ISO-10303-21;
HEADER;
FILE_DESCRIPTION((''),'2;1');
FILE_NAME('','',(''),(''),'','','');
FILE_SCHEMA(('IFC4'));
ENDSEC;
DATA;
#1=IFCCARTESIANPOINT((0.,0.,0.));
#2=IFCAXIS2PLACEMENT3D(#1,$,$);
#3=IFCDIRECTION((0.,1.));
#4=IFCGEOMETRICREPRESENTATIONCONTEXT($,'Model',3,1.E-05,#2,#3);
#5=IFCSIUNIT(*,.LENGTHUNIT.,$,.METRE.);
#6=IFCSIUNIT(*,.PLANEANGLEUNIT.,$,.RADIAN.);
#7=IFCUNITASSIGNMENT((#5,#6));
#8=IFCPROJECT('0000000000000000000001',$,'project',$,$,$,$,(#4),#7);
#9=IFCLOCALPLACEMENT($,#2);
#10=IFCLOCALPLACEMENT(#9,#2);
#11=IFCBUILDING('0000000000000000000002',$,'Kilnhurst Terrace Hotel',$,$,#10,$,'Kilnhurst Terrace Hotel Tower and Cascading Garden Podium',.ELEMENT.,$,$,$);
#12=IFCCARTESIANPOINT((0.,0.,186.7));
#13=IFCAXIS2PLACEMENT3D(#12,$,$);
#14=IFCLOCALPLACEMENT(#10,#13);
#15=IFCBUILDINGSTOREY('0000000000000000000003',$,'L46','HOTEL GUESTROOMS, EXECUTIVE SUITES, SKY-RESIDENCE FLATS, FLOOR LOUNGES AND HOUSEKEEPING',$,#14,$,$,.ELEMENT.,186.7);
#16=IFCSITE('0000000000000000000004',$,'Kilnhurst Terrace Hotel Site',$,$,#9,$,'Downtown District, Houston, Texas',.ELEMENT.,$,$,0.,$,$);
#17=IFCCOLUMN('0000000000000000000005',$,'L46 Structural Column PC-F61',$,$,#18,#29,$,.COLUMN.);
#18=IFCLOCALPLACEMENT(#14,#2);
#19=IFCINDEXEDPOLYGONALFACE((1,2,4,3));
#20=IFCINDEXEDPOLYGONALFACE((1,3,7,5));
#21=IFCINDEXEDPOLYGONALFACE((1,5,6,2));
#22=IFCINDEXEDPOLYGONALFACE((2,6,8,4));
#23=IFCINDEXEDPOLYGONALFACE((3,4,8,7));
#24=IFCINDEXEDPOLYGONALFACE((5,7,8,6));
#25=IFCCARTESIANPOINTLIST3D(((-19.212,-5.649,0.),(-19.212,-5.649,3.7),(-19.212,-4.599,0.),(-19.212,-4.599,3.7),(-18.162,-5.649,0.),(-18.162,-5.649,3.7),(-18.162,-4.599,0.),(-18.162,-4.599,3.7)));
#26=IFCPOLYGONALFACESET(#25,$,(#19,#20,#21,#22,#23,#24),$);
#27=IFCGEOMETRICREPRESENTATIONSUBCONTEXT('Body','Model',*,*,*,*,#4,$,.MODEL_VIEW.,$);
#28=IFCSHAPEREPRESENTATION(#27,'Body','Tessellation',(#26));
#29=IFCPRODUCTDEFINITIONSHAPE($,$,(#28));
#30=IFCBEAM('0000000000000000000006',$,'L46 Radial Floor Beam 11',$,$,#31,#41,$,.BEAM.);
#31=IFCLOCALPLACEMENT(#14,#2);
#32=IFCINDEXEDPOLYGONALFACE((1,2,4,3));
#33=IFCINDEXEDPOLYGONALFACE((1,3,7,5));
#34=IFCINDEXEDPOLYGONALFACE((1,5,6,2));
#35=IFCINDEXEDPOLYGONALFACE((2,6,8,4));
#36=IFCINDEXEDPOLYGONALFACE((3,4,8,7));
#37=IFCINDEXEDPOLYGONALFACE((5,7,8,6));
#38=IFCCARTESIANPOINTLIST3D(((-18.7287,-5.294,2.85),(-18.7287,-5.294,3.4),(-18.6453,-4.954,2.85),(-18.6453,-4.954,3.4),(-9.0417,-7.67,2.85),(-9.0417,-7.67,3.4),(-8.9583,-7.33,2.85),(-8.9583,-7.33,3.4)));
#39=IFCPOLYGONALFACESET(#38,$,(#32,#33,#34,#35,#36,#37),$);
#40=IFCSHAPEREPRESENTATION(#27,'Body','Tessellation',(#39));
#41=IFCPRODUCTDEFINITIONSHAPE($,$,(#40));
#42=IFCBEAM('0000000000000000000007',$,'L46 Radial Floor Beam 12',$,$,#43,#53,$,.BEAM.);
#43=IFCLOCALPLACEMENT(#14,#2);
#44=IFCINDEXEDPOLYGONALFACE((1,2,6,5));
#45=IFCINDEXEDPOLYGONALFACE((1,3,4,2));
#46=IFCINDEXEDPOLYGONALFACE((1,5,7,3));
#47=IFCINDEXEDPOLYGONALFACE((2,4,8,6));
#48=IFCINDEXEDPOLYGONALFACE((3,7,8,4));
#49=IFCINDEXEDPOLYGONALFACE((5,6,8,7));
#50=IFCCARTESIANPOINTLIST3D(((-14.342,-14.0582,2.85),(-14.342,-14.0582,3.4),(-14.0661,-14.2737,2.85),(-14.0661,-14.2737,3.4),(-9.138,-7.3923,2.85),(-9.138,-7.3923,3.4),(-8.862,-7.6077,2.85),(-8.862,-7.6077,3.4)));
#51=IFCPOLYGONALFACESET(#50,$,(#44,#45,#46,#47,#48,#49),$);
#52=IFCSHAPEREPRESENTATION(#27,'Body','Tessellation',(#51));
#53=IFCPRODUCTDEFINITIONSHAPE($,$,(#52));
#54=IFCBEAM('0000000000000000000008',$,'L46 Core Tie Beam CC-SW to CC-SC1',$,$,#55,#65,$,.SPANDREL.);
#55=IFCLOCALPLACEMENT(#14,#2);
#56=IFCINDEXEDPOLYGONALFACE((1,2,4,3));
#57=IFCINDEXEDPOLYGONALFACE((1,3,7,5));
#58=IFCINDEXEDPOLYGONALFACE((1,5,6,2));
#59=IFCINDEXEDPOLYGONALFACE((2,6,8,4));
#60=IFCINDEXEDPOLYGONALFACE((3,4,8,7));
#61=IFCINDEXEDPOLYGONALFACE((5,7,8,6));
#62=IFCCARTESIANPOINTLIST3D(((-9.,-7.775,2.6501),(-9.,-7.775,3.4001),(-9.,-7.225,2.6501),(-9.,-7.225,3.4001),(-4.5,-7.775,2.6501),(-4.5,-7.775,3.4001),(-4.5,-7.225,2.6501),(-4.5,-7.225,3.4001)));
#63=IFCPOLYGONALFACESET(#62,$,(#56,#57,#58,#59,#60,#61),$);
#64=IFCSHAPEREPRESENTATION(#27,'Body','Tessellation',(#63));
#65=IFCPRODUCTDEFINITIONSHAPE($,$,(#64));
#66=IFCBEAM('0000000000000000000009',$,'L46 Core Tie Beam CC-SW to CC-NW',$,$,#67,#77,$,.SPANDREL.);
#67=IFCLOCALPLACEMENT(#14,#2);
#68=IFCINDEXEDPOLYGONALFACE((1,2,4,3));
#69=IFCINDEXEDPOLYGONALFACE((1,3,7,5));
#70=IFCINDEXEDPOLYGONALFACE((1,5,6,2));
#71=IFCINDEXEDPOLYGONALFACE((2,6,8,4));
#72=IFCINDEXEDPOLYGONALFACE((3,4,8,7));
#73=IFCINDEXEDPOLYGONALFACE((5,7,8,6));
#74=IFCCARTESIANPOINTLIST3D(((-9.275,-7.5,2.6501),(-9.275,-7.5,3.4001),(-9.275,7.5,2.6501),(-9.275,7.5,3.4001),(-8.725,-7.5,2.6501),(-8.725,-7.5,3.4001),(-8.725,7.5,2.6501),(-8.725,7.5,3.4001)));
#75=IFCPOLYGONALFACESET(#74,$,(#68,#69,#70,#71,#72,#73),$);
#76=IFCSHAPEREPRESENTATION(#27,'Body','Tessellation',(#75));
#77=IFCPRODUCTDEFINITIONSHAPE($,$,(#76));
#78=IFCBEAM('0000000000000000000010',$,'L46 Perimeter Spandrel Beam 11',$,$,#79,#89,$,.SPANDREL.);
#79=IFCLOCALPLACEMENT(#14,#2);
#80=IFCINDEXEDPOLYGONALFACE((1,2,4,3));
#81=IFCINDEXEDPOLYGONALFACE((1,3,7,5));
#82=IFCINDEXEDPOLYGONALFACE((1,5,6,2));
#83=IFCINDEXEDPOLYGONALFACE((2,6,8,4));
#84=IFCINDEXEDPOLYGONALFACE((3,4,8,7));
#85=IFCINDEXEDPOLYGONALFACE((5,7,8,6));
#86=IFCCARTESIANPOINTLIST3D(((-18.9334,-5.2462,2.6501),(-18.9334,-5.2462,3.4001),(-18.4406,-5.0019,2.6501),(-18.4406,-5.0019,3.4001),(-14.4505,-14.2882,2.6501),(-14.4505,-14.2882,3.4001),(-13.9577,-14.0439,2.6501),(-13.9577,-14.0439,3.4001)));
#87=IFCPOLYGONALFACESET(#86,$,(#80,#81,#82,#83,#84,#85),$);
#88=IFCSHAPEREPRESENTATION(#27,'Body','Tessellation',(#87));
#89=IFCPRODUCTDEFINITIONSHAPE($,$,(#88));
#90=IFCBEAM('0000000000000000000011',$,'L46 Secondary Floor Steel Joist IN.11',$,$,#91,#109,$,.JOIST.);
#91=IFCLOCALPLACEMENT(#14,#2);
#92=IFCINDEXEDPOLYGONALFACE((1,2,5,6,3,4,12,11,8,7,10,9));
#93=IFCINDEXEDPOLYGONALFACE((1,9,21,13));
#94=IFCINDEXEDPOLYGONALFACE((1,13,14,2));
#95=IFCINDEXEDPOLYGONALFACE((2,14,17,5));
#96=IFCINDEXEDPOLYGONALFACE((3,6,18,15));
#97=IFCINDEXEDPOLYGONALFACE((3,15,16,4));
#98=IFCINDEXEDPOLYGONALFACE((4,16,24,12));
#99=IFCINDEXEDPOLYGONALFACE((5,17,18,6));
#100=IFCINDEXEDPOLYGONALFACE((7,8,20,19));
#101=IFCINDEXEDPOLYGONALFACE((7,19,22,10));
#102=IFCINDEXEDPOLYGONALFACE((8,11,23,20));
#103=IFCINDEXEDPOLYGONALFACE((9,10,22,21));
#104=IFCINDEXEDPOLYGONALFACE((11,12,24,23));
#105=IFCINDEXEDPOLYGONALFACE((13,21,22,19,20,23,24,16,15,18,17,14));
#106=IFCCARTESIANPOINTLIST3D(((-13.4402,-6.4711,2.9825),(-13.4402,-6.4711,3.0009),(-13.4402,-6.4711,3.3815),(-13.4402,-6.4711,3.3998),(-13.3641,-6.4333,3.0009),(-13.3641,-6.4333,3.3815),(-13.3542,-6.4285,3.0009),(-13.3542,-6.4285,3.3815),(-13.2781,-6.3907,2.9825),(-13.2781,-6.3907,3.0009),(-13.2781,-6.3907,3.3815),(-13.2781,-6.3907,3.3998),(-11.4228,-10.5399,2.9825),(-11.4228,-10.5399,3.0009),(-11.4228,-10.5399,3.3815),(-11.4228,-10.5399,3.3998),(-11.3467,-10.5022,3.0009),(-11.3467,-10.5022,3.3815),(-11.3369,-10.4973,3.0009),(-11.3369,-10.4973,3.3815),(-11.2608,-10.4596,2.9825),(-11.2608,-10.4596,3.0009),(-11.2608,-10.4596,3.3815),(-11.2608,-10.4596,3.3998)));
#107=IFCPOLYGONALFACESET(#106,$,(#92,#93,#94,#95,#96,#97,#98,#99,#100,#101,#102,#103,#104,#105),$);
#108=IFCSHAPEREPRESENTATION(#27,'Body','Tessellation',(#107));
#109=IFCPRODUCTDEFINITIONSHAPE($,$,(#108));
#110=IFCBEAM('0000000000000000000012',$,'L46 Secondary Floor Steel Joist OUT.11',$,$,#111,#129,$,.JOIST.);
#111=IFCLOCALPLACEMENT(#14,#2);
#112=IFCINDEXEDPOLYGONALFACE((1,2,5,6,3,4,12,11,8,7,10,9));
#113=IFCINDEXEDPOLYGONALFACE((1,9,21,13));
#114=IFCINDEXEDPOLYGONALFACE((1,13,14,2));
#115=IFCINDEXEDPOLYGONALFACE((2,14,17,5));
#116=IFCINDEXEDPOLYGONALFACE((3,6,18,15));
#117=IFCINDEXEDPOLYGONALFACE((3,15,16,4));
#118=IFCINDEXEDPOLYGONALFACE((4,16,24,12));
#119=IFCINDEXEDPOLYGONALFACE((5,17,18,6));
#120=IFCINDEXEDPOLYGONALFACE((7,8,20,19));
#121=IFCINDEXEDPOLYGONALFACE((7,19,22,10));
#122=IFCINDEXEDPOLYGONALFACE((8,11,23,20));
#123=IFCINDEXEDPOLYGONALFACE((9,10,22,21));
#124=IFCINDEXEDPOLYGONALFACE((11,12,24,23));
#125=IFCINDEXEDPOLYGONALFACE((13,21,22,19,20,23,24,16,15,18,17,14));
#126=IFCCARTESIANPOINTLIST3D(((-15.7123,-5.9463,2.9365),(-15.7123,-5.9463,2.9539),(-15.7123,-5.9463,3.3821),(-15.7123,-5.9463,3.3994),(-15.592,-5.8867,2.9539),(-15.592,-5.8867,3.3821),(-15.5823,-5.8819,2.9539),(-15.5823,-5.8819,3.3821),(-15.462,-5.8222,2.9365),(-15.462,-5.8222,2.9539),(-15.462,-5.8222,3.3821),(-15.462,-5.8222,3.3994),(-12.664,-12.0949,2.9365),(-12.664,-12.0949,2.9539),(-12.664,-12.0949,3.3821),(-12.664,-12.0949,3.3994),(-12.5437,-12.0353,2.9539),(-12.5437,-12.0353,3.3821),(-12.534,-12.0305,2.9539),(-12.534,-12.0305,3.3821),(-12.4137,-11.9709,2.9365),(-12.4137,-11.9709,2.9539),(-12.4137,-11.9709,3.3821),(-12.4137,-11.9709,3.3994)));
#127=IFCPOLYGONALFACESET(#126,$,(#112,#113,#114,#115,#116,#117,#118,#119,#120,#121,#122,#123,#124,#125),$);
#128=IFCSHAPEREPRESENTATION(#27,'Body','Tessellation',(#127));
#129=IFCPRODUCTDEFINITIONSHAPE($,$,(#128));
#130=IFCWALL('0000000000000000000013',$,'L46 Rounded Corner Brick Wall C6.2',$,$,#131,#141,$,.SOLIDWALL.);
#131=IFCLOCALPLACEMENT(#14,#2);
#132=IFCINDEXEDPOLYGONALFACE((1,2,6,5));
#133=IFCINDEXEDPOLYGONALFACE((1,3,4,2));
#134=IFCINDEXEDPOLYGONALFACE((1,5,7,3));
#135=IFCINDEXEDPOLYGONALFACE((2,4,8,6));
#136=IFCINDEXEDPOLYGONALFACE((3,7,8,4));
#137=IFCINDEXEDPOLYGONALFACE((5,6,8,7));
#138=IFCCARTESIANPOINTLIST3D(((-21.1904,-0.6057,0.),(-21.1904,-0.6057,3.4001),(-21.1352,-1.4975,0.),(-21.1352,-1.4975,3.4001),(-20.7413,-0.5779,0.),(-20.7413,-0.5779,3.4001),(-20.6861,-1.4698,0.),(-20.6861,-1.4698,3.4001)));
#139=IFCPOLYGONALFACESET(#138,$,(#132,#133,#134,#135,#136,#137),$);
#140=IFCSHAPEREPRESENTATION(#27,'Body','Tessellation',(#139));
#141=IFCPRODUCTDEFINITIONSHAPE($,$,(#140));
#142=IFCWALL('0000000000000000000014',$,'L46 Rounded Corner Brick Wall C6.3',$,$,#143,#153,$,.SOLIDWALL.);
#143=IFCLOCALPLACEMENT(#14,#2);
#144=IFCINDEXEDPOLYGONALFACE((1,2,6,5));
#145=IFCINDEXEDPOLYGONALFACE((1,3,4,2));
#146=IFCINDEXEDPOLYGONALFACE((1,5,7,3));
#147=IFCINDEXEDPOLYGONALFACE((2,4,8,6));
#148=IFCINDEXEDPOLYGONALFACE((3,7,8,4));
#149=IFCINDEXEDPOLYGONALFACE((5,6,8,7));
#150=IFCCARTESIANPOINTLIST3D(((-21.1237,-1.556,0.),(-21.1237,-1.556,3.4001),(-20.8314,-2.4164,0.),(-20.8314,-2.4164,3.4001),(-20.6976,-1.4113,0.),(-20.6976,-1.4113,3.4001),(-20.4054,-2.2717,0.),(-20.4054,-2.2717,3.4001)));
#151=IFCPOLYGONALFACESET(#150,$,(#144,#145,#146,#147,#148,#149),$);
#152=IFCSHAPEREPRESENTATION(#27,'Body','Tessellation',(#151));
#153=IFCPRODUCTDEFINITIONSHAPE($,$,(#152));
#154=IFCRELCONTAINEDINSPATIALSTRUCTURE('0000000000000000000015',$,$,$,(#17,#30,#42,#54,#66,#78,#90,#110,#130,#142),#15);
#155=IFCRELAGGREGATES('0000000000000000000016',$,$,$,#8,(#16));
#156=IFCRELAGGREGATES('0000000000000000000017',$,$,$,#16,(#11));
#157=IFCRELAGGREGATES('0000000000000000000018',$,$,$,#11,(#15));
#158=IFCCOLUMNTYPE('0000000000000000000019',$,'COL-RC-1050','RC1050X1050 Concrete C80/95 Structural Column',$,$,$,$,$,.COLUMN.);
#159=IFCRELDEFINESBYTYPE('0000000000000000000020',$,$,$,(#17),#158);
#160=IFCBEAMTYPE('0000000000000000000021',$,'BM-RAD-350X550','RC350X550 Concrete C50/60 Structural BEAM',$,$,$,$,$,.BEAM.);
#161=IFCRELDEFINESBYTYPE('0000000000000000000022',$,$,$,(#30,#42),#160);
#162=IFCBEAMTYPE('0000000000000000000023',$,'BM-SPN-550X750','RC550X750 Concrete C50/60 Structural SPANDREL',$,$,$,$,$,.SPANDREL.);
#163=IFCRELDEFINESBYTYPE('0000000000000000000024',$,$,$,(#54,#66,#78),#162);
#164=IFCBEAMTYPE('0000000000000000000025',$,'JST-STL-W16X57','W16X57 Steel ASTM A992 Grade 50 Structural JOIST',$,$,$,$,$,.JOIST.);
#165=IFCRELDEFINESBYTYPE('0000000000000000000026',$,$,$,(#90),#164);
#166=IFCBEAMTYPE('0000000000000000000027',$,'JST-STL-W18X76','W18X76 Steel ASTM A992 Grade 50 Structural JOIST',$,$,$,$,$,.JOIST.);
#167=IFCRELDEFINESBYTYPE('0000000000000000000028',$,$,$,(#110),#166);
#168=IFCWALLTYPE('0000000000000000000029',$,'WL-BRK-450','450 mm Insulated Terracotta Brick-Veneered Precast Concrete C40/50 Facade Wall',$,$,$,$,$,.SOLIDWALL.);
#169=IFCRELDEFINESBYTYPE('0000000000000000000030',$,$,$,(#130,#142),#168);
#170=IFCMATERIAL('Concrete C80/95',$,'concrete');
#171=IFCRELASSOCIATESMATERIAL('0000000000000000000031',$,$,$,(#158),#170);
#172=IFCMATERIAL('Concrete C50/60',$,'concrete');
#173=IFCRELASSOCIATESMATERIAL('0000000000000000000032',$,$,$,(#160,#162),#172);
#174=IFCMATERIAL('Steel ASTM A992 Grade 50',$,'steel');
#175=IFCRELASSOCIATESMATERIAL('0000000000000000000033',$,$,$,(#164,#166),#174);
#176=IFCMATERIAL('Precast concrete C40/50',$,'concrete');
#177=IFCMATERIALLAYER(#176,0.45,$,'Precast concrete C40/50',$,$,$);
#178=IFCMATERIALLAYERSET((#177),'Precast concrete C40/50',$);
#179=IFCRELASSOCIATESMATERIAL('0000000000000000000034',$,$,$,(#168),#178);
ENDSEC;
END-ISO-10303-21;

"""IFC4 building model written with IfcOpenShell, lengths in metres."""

from ifc_helpers import new_model, si_unit, direction, frame, frame_2d, origin, origin_2d, place, context, subcontext, project, spatial, rectangle, i_section, extrude, material, layer, layer_set, material_profile, profile_set, type_object, element, save


model = new_model("IFC4")

# Units and contexts
model_context = context("Model", 3, precision=1e-05, world=origin(), true_north=direction((0.0, 1.0)))
body_context = subcontext(model_context, "Body", "Model", "MODEL_VIEW")
ifc_project = project(units=[si_unit("LENGTHUNIT", "METRE"), si_unit("PLANEANGLEUNIT", "RADIAN")], contexts=[model_context])

# Site, building, storey
site_placement = place(None, origin())
site = spatial("IfcSite", under=ifc_project, at=site_placement, Name="Kilnhurst Terrace Hotel Site", LongName="Downtown District, Houston, Texas", CompositionType="ELEMENT", RefElevation=0.0)
building_placement = place(site_placement, origin())
building = spatial("IfcBuilding", under=site, at=building_placement, Name="Kilnhurst Terrace Hotel", LongName="Kilnhurst Terrace Hotel Tower and Cascading Garden Podium", CompositionType="ELEMENT")
storey_placement = place(building_placement, frame((0.0, 0.0, 186.7)))
storey = spatial("IfcBuildingStorey", under=building, at=storey_placement, Name="L46", Description="HOTEL GUESTROOMS, EXECUTIVE SUITES, SKY-RESIDENCE FLATS, FLOOR LOUNGES AND HOUSEKEEPING", CompositionType="ELEMENT", Elevation=186.7)

# Column
ifc_material_1 = material(Name="Concrete C80/95", Category="concrete")
ifc_material_profile_1 = material_profile(ifc_material_1, rectangle(XDim=1.05, YDim=1.05, at=origin_2d()), Name="RC1050X1050")
ifc_profile_set_1 = profile_set([ifc_material_profile_1], Name="Concrete C80/95")
column_type = type_object("IfcColumnType", Name="COL-RC-1050", Description="RC1050X1050 Concrete C80/95 Structural Column", PredefinedType="COLUMN", material=ifc_profile_set_1)
column_placement = place(storey_placement, frame((-18.687, -5.124, 0.0), z_axis=(0.0, 0.0, 1.0), x_axis=(1.0, 0.0, 0.0)))
element("IfcColumn", 1, at=column_placement, inside=storey, type_object=column_type, Name="L46 Structural Column PC-F61", PredefinedType="COLUMN", context=body_context, shape_type="SweptSolid", body=[
    extrude(rectangle(XDim=1.05, YDim=1.05, at=origin_2d()), origin(), (0.0, 0.0, 1.0), 3.7),
])

# Beams
ifc_material_2 = material(Name="Concrete C50/60", Category="concrete")
ifc_material_profile_2 = material_profile(ifc_material_2, rectangle(XDim=0.3501, YDim=0.55, at=origin_2d()), Name="RC350X550")
ifc_profile_set_2 = profile_set([ifc_material_profile_2], Name="Concrete C50/60")
beam_type_1 = type_object("IfcBeamType", Name="BM-RAD-350X550", Description="RC350X550 Concrete C50/60 Structural BEAM", PredefinedType="BEAM", material=ifc_profile_set_2)
beam_1_placement = place(storey_placement, frame((-9.0, -7.5, 3.125), z_axis=(-0.971213, 0.238214, 0.0), x_axis=(-0.238214, -0.971213, 0.0)))
element("IfcBeam", 2, at=beam_1_placement, inside=storey, type_object=beam_type_1, Name="L46 Radial Floor Beam 11", PredefinedType="BEAM", context=body_context, shape_type="SweptSolid", body=[
    extrude(rectangle(XDim=0.3501, YDim=0.55, at=origin_2d()), origin(), (0.0, 0.0, 1.0), 9.9741),
])
beam_2_placement = place(storey_placement, frame((-9.0, -7.5, 3.125), z_axis=(-0.615371, -0.788238, 0.0), x_axis=(0.788238, -0.615371, 0.0)))
element("IfcBeam", 3, at=beam_2_placement, inside=storey, type_object=beam_type_1, Name="L46 Radial Floor Beam 12", PredefinedType="BEAM", context=body_context, shape_type="SweptSolid", body=[
    extrude(rectangle(XDim=0.3501, YDim=0.55, at=origin_2d()), origin(), (0.0, 0.0, 1.0), 8.4568),
])
ifc_material_profile_3 = material_profile(ifc_material_2, rectangle(XDim=0.55, YDim=0.75, at=origin_2d()), Name="RC550X750")
ifc_profile_set_3 = profile_set([ifc_material_profile_3], Name="Concrete C50/60")
beam_type_2 = type_object("IfcBeamType", Name="BM-SPN-550X750", Description="RC550X750 Concrete C50/60 Structural SPANDREL", PredefinedType="SPANDREL", material=ifc_profile_set_3)
beam_3_placement = place(storey_placement, frame((-9.0, -7.5, 3.0251), z_axis=(1.0, 0.0, 0.0), x_axis=(0.0, 1.0, 0.0)))
element("IfcBeam", 4, at=beam_3_placement, inside=storey, type_object=beam_type_2, Name="L46 Core Tie Beam CC-SW to CC-SC1", PredefinedType="SPANDREL", context=body_context, shape_type="SweptSolid", body=[
    extrude(rectangle(XDim=0.55, YDim=0.75, at=origin_2d()), origin(), (0.0, 0.0, 1.0), 4.5),
])
beam_4_placement = place(storey_placement, frame((-9.0, -7.5, 3.0251), z_axis=(0.0, 1.0, 0.0), x_axis=(-1.0, 0.0, 0.0)))
element("IfcBeam", 5, at=beam_4_placement, inside=storey, type_object=beam_type_2, Name="L46 Core Tie Beam CC-SW to CC-NW", PredefinedType="SPANDREL", context=body_context, shape_type="SweptSolid", body=[
    extrude(rectangle(XDim=0.55, YDim=0.75, at=origin_2d()), origin(), (0.0, 0.0, 1.0), 15.0),
])
beam_5_placement = place(storey_placement, frame((-18.687, -5.124, 3.0251), z_axis=(0.444192, -0.895932, 0.0), x_axis=(0.895932, 0.444192, 0.0)))
element("IfcBeam", 6, at=beam_5_placement, inside=storey, type_object=beam_type_2, Name="L46 Perimeter Spandrel Beam 11", PredefinedType="SPANDREL", context=body_context, shape_type="SweptSolid", body=[
    extrude(rectangle(XDim=0.55, YDim=0.75, at=origin_2d()), origin(), (0.0, 0.0, 1.0), 10.0923),
])
ifc_material_3 = material(Name="Steel ASTM A992 Grade 50", Category="steel")
ifc_material_profile_4 = material_profile(ifc_material_3, i_section(OverallWidth=0.1809, OverallDepth=0.4172, WebThickness=0.011, FlangeThickness=0.0183, at=origin_2d()), Name="W16X57")
ifc_profile_set_4 = profile_set([ifc_material_profile_4], Name="Steel ASTM A992 Grade 50")
beam_type_3 = type_object("IfcBeamType", Name="JST-STL-W16X57", Description="W16X57 Steel ASTM A992 Grade 50 Structural JOIST", PredefinedType="JOIST", material=ifc_profile_set_4)
beam_6_placement = place(storey_placement, frame((-13.3591, -6.4309, 3.1912), z_axis=(0.444201, -0.895927, 0.0), x_axis=(0.895927, 0.444201, 0.0)))
element("IfcBeam", 7, at=beam_6_placement, inside=storey, type_object=beam_type_3, Name="L46 Secondary Floor Steel Joist IN.11", PredefinedType="JOIST", context=body_context, shape_type="SweptSolid", body=[
    extrude(i_section(OverallWidth=0.1809, OverallDepth=0.4172, WebThickness=0.011, FlangeThickness=0.0183, at=origin_2d()), origin(), (0.0, 0.0, 1.0), 4.5415),
])
ifc_material_profile_5 = material_profile(ifc_material_3, i_section(OverallWidth=0.2793, OverallDepth=0.4629, WebThickness=0.0107, FlangeThickness=0.0173, at=origin_2d()), Name="W18X76")
ifc_profile_set_5 = profile_set([ifc_material_profile_5], Name="Steel ASTM A992 Grade 50")
beam_type_4 = type_object("IfcBeamType", Name="JST-STL-W18X76", Description="W18X76 Steel ASTM A992 Grade 50 Structural JOIST", PredefinedType="JOIST", material=ifc_profile_set_5)
beam_7_placement = place(storey_placement, frame((-15.5872, -5.8843, 3.168), z_axis=(0.44418, -0.895938, 0.0), x_axis=(0.895938, 0.44418, 0.0)))
element("IfcBeam", 8, at=beam_7_placement, inside=storey, type_object=beam_type_4, Name="L46 Secondary Floor Steel Joist OUT.11", PredefinedType="JOIST", context=body_context, shape_type="SweptSolid", body=[
    extrude(i_section(OverallWidth=0.2793, OverallDepth=0.4629, WebThickness=0.0107, FlangeThickness=0.0173, at=origin_2d()), origin(), (0.0, 0.0, 1.0), 6.8628),
])

# Walls
ifc_material_4 = material(Name="Precast concrete C40/50", Category="concrete")
ifc_layer_1 = layer(ifc_material_4, 0.45, Name="Precast concrete C40/50")
ifc_layer_set_1 = layer_set([ifc_layer_1], Name="Precast concrete C40/50")
wall_type_1 = type_object("IfcWallType", Name="WL-BRK-450", Description="450 mm Insulated Terracotta Brick-Veneered Precast Concrete C40/50 Facade Wall", PredefinedType="SOLIDWALL", material=ifc_layer_set_1)
wall_1_placement = place(storey_placement, frame((-20.9658, -0.5918, 0.0), z_axis=(0.0, 0.0, 1.0), x_axis=(0.061749, -0.998092, 0.0)))
element("IfcWall", 9, at=wall_1_placement, inside=storey, type_object=wall_type_1, Name="L46 Rounded Corner Brick Wall C6.2", PredefinedType="SOLIDWALL", context=body_context, shape_type="SweptSolid", body=[
    extrude(rectangle(XDim=0.8936, YDim=0.45, at=frame_2d((0.4468, 0.0))), origin(), (0.0, 0.0, 1.0), 3.4001),
])
wall_2_placement = place(storey_placement, frame((-20.9106, -1.4836, 0.0), z_axis=(0.0, 0.0, 1.0), x_axis=(0.321623, -0.946868, 0.0)))
element("IfcWall", 10, at=wall_2_placement, inside=storey, type_object=wall_type_1, Name="L46 Rounded Corner Brick Wall C6.3", PredefinedType="SOLIDWALL", context=body_context, shape_type="SweptSolid", body=[
    extrude(rectangle(XDim=0.9087, YDim=0.45, at=frame_2d((0.4543, 0.0))), origin(), (0.0, 0.0, 1.0), 3.4001),
])

save(model, "model.ifc")
